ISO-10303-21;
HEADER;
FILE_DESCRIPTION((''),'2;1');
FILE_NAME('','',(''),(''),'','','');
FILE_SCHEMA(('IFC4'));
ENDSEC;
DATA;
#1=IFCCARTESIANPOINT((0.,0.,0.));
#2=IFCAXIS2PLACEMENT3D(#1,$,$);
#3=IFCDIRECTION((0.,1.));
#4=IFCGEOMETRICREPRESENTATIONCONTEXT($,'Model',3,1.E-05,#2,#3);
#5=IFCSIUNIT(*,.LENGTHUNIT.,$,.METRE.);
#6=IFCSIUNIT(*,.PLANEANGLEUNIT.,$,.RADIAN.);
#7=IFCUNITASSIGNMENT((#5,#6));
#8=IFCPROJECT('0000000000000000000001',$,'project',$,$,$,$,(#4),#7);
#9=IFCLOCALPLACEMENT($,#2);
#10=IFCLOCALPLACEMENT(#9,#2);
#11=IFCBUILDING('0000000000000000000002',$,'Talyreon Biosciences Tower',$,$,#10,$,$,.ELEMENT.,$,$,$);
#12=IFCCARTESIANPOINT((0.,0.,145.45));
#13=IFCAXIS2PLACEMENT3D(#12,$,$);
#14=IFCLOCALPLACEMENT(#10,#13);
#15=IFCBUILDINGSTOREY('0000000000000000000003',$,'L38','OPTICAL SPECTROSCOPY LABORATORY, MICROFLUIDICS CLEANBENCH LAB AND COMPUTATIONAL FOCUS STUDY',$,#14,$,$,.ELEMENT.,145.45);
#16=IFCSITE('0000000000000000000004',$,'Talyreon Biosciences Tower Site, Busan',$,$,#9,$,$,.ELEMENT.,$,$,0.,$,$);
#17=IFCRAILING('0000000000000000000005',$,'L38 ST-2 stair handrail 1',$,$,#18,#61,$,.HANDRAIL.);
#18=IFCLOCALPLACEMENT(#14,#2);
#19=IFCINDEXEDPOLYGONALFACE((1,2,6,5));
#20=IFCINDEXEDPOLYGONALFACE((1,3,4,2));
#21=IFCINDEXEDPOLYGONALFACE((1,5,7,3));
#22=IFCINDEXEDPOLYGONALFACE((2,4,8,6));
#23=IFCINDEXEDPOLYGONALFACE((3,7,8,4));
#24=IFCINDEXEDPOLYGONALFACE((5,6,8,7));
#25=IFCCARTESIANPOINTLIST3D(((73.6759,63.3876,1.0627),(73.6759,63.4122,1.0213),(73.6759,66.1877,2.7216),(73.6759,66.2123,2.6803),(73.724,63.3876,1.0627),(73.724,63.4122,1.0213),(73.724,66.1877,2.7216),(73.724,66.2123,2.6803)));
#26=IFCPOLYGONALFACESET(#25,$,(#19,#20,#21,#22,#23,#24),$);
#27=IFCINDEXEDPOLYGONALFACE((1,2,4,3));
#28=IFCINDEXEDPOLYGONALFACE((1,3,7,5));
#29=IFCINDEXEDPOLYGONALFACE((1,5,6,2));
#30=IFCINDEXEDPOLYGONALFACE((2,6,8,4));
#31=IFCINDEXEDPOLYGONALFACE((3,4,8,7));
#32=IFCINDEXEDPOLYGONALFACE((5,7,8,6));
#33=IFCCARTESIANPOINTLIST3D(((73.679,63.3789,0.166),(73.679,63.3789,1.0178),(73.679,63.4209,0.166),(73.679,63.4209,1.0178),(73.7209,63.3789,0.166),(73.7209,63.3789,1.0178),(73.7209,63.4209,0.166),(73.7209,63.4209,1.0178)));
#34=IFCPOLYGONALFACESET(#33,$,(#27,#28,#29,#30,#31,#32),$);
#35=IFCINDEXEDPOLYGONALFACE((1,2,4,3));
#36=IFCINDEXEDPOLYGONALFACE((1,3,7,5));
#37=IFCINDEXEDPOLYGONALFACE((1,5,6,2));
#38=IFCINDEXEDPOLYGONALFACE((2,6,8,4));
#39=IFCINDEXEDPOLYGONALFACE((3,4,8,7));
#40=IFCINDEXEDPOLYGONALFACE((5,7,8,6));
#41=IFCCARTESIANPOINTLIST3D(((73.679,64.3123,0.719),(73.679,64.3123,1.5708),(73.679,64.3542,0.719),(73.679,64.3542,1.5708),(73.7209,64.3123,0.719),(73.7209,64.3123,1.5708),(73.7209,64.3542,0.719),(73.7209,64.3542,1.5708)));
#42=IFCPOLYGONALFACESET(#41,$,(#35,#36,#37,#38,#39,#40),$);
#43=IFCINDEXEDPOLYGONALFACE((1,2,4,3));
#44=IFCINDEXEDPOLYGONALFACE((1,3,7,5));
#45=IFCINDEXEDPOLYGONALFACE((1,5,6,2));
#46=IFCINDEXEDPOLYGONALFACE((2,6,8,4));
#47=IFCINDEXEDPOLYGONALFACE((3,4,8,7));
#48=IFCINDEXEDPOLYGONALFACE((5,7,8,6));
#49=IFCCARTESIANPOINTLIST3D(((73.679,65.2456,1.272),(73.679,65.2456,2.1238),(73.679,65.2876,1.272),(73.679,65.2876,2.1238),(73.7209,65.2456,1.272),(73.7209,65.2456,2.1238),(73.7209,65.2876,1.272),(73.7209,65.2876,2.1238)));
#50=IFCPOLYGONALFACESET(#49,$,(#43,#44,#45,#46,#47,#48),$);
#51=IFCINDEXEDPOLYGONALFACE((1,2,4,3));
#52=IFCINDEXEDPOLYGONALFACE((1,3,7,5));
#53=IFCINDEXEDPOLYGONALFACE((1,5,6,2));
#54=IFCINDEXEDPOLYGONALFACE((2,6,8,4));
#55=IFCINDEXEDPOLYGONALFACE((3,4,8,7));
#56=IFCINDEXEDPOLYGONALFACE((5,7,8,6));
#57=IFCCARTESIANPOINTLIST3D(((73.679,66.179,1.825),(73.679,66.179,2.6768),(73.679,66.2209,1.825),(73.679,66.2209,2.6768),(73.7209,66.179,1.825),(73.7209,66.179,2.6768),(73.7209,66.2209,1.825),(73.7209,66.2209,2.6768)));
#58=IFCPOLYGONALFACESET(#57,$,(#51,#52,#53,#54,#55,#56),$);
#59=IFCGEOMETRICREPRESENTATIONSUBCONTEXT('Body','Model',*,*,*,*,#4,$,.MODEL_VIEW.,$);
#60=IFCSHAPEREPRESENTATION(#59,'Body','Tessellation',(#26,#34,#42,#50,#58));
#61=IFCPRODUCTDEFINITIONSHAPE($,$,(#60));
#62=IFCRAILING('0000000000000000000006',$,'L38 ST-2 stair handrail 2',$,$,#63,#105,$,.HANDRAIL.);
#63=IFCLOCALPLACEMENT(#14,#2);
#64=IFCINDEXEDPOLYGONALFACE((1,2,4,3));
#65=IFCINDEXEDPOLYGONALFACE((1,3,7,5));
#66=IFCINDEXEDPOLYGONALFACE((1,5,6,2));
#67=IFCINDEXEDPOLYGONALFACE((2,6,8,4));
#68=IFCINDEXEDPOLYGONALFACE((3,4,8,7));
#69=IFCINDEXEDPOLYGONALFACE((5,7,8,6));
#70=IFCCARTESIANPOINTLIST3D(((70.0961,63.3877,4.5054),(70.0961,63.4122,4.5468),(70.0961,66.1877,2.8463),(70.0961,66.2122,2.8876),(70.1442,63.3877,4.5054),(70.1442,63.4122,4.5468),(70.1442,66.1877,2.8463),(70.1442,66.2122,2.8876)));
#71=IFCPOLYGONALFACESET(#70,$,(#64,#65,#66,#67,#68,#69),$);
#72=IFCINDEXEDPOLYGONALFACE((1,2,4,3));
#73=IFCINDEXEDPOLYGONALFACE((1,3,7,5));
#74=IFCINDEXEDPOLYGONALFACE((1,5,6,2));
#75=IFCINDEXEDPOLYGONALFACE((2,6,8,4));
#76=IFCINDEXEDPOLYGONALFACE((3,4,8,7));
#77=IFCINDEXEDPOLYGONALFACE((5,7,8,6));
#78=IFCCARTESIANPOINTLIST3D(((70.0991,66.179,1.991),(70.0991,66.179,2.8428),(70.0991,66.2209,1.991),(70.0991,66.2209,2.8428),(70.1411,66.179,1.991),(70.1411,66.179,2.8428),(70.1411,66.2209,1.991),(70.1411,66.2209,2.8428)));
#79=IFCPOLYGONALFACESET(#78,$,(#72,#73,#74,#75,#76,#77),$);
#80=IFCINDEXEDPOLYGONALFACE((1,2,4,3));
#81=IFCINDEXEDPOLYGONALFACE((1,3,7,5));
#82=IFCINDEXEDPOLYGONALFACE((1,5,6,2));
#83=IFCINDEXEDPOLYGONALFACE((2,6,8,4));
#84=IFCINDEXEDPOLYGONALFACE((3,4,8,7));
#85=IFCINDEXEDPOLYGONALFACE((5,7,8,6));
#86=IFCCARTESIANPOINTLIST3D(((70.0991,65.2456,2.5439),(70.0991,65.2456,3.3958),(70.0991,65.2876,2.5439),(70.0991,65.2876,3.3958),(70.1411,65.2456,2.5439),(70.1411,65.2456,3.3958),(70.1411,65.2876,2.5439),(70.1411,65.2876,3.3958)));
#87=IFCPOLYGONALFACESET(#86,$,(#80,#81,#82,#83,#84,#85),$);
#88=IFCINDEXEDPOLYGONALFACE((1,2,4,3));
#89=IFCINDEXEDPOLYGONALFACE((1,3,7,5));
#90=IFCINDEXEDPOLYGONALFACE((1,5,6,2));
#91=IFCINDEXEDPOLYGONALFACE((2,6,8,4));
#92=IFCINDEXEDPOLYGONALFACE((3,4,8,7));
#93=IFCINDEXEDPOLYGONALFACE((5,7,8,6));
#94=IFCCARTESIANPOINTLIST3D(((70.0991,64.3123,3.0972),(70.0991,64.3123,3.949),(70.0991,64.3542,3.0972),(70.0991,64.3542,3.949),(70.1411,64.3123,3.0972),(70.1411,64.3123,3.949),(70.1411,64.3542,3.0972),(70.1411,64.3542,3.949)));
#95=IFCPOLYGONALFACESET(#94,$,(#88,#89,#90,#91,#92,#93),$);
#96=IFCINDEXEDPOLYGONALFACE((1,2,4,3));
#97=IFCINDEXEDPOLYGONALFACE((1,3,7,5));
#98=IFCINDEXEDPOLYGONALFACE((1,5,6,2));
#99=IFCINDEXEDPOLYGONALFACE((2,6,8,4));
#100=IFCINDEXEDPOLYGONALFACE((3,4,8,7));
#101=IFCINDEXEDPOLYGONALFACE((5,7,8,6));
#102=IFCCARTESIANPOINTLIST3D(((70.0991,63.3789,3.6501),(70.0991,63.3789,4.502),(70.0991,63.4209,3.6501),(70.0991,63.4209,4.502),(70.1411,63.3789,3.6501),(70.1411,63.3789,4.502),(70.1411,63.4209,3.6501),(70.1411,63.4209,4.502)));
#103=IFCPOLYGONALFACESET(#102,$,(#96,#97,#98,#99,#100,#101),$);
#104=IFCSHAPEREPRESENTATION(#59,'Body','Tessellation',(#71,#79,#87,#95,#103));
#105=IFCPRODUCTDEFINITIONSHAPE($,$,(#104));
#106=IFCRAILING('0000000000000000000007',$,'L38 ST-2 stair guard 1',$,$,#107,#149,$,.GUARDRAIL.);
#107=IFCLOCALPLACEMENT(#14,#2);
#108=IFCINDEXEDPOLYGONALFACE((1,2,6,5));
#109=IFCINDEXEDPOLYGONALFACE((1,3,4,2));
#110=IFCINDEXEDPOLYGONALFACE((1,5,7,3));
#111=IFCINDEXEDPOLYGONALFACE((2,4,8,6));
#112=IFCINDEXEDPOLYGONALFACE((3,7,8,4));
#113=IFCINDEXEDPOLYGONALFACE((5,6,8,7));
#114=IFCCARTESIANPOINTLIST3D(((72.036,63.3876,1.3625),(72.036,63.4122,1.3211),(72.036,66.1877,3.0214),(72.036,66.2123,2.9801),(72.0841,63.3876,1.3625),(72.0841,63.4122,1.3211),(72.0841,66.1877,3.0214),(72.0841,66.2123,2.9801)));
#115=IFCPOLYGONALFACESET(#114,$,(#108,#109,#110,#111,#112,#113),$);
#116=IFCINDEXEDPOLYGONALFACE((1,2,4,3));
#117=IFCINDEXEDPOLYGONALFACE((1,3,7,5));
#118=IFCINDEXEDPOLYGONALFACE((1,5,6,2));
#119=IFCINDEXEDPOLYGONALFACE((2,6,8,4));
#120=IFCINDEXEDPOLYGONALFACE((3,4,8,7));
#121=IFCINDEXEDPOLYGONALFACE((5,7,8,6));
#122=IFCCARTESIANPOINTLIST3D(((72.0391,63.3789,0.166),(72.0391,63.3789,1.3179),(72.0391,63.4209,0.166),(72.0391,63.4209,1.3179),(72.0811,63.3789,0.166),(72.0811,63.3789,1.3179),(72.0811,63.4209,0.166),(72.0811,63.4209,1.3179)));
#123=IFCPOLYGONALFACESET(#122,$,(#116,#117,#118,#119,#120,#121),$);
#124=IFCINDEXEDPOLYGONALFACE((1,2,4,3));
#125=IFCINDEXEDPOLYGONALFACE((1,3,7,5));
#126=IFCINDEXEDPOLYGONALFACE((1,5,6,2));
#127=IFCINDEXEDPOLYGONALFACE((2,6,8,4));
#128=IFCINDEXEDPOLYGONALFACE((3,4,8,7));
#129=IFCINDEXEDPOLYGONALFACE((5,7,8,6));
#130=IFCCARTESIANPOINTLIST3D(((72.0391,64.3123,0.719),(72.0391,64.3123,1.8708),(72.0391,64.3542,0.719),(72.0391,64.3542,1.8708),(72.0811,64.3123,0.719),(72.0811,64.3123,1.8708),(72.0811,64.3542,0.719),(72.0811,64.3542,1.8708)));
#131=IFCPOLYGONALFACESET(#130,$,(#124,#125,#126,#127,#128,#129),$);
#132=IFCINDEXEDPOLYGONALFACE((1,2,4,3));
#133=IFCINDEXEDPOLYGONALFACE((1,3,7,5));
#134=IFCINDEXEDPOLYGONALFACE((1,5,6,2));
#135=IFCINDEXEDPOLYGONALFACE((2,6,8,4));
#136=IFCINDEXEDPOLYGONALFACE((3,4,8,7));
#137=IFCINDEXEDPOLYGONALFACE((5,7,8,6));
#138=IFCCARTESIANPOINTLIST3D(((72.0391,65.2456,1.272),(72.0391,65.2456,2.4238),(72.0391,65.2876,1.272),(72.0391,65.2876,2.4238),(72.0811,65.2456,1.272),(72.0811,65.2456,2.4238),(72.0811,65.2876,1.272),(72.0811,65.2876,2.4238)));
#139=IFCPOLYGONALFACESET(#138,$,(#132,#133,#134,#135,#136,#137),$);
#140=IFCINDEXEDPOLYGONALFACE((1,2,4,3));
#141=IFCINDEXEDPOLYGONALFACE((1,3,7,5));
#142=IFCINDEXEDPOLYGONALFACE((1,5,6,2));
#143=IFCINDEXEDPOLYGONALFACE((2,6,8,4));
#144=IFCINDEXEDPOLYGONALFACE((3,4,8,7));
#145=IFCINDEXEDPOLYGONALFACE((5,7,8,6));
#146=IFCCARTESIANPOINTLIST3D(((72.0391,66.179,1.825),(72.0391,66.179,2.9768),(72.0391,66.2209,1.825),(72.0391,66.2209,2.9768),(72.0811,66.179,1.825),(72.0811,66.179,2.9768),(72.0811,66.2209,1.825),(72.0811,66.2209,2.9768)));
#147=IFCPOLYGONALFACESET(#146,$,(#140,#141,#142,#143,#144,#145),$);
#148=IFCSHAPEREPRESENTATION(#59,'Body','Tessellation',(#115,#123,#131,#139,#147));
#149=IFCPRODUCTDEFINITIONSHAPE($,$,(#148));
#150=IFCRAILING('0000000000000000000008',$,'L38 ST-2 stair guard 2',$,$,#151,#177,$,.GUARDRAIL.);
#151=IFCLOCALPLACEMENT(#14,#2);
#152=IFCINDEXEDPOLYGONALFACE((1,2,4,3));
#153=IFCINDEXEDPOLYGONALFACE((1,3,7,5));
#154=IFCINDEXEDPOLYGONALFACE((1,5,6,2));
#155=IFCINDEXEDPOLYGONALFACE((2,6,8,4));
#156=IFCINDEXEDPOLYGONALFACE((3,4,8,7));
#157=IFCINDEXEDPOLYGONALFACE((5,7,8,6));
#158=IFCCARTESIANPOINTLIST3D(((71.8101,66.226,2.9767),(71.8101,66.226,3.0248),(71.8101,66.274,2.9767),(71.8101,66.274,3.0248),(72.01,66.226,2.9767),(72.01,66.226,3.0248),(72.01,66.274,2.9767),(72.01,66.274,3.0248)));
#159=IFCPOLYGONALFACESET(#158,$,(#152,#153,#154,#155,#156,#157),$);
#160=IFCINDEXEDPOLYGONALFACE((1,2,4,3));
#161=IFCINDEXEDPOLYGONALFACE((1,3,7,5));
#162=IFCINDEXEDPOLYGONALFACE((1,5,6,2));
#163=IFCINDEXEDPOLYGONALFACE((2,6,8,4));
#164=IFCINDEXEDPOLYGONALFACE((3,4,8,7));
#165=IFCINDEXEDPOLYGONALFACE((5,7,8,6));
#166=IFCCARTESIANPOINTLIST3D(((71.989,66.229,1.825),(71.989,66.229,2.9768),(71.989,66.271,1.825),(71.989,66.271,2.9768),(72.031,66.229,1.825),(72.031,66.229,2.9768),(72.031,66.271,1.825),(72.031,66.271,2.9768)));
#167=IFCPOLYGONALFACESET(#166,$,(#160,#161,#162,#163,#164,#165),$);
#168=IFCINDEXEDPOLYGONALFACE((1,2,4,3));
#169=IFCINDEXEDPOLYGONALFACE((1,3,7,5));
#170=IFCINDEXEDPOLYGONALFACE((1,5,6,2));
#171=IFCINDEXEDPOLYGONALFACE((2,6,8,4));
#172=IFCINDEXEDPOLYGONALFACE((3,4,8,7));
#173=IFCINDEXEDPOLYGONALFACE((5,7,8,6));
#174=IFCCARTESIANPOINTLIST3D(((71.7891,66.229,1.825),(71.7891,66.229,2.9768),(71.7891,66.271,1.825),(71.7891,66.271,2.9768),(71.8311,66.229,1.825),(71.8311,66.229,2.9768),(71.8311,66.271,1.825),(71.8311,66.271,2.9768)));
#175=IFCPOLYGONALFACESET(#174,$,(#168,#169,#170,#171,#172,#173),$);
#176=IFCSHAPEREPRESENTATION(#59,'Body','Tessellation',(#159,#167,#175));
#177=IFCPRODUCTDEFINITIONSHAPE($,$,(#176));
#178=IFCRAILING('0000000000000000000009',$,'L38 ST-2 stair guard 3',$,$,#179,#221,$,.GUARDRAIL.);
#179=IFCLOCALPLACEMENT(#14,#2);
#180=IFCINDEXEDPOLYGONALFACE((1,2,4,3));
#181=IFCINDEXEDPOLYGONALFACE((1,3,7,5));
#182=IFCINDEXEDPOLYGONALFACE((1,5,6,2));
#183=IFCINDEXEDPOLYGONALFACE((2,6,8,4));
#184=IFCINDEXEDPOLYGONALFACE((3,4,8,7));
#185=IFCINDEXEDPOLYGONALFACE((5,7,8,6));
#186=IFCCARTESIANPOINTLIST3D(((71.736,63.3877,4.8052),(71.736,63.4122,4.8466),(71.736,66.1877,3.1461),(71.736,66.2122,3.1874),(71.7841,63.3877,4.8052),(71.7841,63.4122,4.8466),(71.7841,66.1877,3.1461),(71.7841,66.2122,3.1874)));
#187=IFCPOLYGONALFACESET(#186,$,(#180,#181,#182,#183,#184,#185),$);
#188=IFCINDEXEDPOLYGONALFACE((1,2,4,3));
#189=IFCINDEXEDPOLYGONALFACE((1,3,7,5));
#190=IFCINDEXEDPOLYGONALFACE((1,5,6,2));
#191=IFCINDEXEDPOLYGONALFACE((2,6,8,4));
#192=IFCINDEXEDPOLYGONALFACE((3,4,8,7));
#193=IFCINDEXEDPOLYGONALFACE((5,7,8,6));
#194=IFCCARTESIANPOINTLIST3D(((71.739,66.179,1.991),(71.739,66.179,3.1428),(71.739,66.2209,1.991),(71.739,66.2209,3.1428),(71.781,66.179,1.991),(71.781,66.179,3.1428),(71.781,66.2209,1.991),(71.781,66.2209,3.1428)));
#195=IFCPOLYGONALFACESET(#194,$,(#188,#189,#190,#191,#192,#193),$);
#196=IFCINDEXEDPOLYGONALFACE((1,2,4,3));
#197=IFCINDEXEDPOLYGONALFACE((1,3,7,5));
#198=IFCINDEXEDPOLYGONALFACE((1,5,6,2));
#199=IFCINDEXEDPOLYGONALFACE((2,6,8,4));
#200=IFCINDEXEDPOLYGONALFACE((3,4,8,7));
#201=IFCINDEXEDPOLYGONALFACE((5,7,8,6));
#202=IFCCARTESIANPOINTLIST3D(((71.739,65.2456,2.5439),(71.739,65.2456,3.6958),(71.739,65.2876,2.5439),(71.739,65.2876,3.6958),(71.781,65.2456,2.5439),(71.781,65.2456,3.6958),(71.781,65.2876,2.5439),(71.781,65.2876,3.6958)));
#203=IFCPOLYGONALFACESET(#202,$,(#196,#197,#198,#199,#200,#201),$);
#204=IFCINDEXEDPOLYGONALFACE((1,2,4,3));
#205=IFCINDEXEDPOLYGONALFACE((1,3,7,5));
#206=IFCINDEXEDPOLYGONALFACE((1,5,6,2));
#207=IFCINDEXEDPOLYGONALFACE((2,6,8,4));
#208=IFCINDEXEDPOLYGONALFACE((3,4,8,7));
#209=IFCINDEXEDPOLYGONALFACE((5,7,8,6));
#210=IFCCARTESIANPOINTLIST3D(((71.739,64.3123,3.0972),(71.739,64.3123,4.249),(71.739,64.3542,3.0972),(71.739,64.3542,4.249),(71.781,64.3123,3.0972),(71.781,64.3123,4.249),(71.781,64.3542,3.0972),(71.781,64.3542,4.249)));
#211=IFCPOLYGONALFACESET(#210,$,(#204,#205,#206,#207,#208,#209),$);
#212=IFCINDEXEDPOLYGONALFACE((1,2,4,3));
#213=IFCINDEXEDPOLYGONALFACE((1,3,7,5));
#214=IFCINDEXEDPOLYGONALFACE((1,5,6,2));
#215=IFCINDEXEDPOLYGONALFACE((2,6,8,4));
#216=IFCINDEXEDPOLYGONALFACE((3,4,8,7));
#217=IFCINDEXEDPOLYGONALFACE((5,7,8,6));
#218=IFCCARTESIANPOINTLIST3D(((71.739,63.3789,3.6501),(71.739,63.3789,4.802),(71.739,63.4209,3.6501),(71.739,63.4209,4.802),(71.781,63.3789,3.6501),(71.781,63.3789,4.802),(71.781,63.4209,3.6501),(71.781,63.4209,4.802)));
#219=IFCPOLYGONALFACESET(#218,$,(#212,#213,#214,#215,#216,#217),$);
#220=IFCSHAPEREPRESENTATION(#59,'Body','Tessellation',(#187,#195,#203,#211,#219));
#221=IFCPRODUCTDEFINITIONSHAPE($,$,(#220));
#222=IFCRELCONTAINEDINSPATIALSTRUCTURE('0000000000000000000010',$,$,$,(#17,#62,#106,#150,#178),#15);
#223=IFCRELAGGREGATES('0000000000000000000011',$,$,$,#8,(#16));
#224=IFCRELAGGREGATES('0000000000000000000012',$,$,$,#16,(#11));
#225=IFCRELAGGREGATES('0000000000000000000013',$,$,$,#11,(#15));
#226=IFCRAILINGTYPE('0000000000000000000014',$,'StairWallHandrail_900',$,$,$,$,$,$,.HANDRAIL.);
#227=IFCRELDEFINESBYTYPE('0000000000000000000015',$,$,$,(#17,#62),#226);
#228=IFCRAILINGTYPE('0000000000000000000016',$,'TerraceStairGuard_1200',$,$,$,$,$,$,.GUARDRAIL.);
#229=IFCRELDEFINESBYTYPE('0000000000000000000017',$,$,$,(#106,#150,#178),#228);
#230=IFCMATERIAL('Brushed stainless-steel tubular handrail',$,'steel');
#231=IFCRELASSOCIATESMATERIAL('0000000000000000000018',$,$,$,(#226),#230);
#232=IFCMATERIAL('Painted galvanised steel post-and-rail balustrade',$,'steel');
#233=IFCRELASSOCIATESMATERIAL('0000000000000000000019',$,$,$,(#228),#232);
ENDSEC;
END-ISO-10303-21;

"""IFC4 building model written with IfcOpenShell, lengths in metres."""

from ifc_helpers import new_model, si_unit, direction, frame, origin, origin_2d, place, context, subcontext, project, spatial, rectangle, extrude, material, type_object, element, save


model = new_model("IFC4")

# Units and contexts
model_context = context("Model", 3, precision=1e-05, world=origin(), true_north=direction((0.0, 1.0)))
body_context = subcontext(model_context, "Body", "Model", "MODEL_VIEW")
ifc_project = project(units=[si_unit("LENGTHUNIT", "METRE"), si_unit("PLANEANGLEUNIT", "RADIAN")], contexts=[model_context])

# Site, building, storey
site_placement = place(None, origin())
site = spatial("IfcSite", under=ifc_project, at=site_placement, Name="Talyreon Biosciences Tower Site, Busan", CompositionType="ELEMENT", RefElevation=0.0)
building_placement = place(site_placement, origin())
building = spatial("IfcBuilding", under=site, at=building_placement, Name="Talyreon Biosciences Tower", CompositionType="ELEMENT")
storey_placement = place(building_placement, frame((0.0, 0.0, 145.45)))
storey = spatial("IfcBuildingStorey", under=building, at=storey_placement, Name="L38", Description="OPTICAL SPECTROSCOPY LABORATORY, MICROFLUIDICS CLEANBENCH LAB AND COMPUTATIONAL FOCUS STUDY", CompositionType="ELEMENT", Elevation=145.45)

# Railings
ifc_material_1 = material(Name="Brushed stainless-steel tubular handrail", Category="steel")
railing_type_1 = type_object("IfcRailingType", Name="StairWallHandrail_900", PredefinedType="HANDRAIL", material=ifc_material_1)
railing_1_placement = place(storey_placement, frame((73.7, 63.3999, 0.166)))
element("IfcRailing", 1, at=railing_1_placement, inside=storey, type_object=railing_type_1, Name="L38 ST-2 stair handrail 1", PredefinedType="HANDRAIL", context=body_context, shape_type="SweptSolid", body=[
    extrude(rectangle(XDim=0.0481, YDim=0.0481, at=origin_2d()), frame((0.0, 0.0, 0.876), z_axis=(0.0, 0.860339, 0.509722), x_axis=(-1.0, 0.0, 0.0)), (0.0, 0.0, 1.0), 3.2546),
    extrude(rectangle(XDim=0.042, YDim=0.042, at=origin_2d()), origin(), (0.0, 0.0, 1.0), 0.8518),
    extrude(rectangle(XDim=0.042, YDim=0.042, at=origin_2d()), frame((0.0, 0.9333, 0.553)), (0.0, 0.0, 1.0), 0.8518),
    extrude(rectangle(XDim=0.042, YDim=0.042, at=origin_2d()), frame((0.0, 1.8667, 1.106)), (0.0, 0.0, 1.0), 0.8518),
    extrude(rectangle(XDim=0.042, YDim=0.042, at=origin_2d()), frame((0.0, 2.8, 1.6589)), (0.0, 0.0, 1.0), 0.8518),
])
railing_2_placement = place(storey_placement, frame((70.1201, 66.2, 1.991)))
element("IfcRailing", 2, at=railing_2_placement, inside=storey, type_object=railing_type_1, Name="L38 ST-2 stair handrail 2", PredefinedType="HANDRAIL", context=body_context, shape_type="SweptSolid", body=[
    extrude(rectangle(XDim=0.0481, YDim=0.0481, at=origin_2d()), frame((0.0, 0.0, 0.876), z_axis=(0.0, -0.860306, 0.509778), x_axis=(1.0, 0.0, 0.0)), (0.0, 0.0, 1.0), 3.2546),
    extrude(rectangle(XDim=0.042, YDim=0.042, at=origin_2d()), origin(), (0.0, 0.0, 1.0), 0.8518),
    extrude(rectangle(XDim=0.042, YDim=0.042, at=origin_2d()), frame((0.0, -0.9333, 0.553)), (0.0, 0.0, 1.0), 0.8518),
    extrude(rectangle(XDim=0.042, YDim=0.042, at=origin_2d()), frame((0.0, -1.8667, 1.1062)), (0.0, 0.0, 1.0), 0.8518),
    extrude(rectangle(XDim=0.042, YDim=0.042, at=origin_2d()), frame((0.0, -2.8, 1.6592)), (0.0, 0.0, 1.0), 0.8518),
])
ifc_material_2 = material(Name="Painted galvanised steel post-and-rail balustrade", Category="steel")
railing_type_2 = type_object("IfcRailingType", Name="TerraceStairGuard_1200", PredefinedType="GUARDRAIL", material=ifc_material_2)
railing_3_placement = place(storey_placement, frame((72.0601, 63.3999, 0.166)))
element("IfcRailing", 3, at=railing_3_placement, inside=storey, type_object=railing_type_2, Name="L38 ST-2 stair guard 1", PredefinedType="GUARDRAIL", context=body_context, shape_type="SweptSolid", body=[
    extrude(rectangle(XDim=0.0481, YDim=0.0481, at=origin_2d()), frame((0.0, 0.0, 1.1758), z_axis=(0.0, 0.860339, 0.509722), x_axis=(-1.0, 0.0, 0.0)), (0.0, 0.0, 1.0), 3.2546),
    extrude(rectangle(XDim=0.042, YDim=0.042, at=origin_2d()), origin(), (0.0, 0.0, 1.0), 1.1519),
    extrude(rectangle(XDim=0.042, YDim=0.042, at=origin_2d()), frame((0.0, 0.9333, 0.553)), (0.0, 0.0, 1.0), 1.1519),
    extrude(rectangle(XDim=0.042, YDim=0.042, at=origin_2d()), frame((0.0, 1.8667, 1.106)), (0.0, 0.0, 1.0), 1.1519),
    extrude(rectangle(XDim=0.042, YDim=0.042, at=origin_2d()), frame((0.0, 2.8, 1.6589)), (0.0, 0.0, 1.0), 1.1519),
])
railing_4_placement = place(storey_placement, frame((72.01, 66.25, 1.825)))
element("IfcRailing", 4, at=railing_4_placement, inside=storey, type_object=railing_type_2, Name="L38 ST-2 stair guard 2", PredefinedType="GUARDRAIL", context=body_context, shape_type="SweptSolid", body=[
    extrude(rectangle(XDim=0.0481, YDim=0.0481, at=origin_2d()), frame((0.0, 0.0, 1.1758), z_axis=(-1.0, 0.0, 0.0), x_axis=(0.0, -1.0, 0.0)), (0.0, 0.0, 1.0), 0.2),
    extrude(rectangle(XDim=0.042, YDim=0.042, at=origin_2d()), origin(), (0.0, 0.0, 1.0), 1.1519),
    extrude(rectangle(XDim=0.042, YDim=0.042, at=origin_2d()), frame((-0.2, 0.0, 0.0)), (0.0, 0.0, 1.0), 1.1519),
])
railing_5_placement = place(storey_placement, frame((71.76, 66.2, 1.991)))
element("IfcRailing", 5, at=railing_5_placement, inside=storey, type_object=railing_type_2, Name="L38 ST-2 stair guard 3", PredefinedType="GUARDRAIL", context=body_context, shape_type="SweptSolid", body=[
    extrude(rectangle(XDim=0.0481, YDim=0.0481, at=origin_2d()), frame((0.0, 0.0, 1.1758), z_axis=(0.0, -0.860306, 0.509778), x_axis=(1.0, 0.0, 0.0)), (0.0, 0.0, 1.0), 3.2546),
    extrude(rectangle(XDim=0.042, YDim=0.042, at=origin_2d()), origin(), (0.0, 0.0, 1.0), 1.1519),
    extrude(rectangle(XDim=0.042, YDim=0.042, at=origin_2d()), frame((0.0, -0.9333, 0.553)), (0.0, 0.0, 1.0), 1.1519),
    extrude(rectangle(XDim=0.042, YDim=0.042, at=origin_2d()), frame((0.0, -1.8667, 1.1062)), (0.0, 0.0, 1.0), 1.1519),
    extrude(rectangle(XDim=0.042, YDim=0.042, at=origin_2d()), frame((0.0, -2.8, 1.6592)), (0.0, 0.0, 1.0), 1.1519),
])

save(model, "model.ifc")
